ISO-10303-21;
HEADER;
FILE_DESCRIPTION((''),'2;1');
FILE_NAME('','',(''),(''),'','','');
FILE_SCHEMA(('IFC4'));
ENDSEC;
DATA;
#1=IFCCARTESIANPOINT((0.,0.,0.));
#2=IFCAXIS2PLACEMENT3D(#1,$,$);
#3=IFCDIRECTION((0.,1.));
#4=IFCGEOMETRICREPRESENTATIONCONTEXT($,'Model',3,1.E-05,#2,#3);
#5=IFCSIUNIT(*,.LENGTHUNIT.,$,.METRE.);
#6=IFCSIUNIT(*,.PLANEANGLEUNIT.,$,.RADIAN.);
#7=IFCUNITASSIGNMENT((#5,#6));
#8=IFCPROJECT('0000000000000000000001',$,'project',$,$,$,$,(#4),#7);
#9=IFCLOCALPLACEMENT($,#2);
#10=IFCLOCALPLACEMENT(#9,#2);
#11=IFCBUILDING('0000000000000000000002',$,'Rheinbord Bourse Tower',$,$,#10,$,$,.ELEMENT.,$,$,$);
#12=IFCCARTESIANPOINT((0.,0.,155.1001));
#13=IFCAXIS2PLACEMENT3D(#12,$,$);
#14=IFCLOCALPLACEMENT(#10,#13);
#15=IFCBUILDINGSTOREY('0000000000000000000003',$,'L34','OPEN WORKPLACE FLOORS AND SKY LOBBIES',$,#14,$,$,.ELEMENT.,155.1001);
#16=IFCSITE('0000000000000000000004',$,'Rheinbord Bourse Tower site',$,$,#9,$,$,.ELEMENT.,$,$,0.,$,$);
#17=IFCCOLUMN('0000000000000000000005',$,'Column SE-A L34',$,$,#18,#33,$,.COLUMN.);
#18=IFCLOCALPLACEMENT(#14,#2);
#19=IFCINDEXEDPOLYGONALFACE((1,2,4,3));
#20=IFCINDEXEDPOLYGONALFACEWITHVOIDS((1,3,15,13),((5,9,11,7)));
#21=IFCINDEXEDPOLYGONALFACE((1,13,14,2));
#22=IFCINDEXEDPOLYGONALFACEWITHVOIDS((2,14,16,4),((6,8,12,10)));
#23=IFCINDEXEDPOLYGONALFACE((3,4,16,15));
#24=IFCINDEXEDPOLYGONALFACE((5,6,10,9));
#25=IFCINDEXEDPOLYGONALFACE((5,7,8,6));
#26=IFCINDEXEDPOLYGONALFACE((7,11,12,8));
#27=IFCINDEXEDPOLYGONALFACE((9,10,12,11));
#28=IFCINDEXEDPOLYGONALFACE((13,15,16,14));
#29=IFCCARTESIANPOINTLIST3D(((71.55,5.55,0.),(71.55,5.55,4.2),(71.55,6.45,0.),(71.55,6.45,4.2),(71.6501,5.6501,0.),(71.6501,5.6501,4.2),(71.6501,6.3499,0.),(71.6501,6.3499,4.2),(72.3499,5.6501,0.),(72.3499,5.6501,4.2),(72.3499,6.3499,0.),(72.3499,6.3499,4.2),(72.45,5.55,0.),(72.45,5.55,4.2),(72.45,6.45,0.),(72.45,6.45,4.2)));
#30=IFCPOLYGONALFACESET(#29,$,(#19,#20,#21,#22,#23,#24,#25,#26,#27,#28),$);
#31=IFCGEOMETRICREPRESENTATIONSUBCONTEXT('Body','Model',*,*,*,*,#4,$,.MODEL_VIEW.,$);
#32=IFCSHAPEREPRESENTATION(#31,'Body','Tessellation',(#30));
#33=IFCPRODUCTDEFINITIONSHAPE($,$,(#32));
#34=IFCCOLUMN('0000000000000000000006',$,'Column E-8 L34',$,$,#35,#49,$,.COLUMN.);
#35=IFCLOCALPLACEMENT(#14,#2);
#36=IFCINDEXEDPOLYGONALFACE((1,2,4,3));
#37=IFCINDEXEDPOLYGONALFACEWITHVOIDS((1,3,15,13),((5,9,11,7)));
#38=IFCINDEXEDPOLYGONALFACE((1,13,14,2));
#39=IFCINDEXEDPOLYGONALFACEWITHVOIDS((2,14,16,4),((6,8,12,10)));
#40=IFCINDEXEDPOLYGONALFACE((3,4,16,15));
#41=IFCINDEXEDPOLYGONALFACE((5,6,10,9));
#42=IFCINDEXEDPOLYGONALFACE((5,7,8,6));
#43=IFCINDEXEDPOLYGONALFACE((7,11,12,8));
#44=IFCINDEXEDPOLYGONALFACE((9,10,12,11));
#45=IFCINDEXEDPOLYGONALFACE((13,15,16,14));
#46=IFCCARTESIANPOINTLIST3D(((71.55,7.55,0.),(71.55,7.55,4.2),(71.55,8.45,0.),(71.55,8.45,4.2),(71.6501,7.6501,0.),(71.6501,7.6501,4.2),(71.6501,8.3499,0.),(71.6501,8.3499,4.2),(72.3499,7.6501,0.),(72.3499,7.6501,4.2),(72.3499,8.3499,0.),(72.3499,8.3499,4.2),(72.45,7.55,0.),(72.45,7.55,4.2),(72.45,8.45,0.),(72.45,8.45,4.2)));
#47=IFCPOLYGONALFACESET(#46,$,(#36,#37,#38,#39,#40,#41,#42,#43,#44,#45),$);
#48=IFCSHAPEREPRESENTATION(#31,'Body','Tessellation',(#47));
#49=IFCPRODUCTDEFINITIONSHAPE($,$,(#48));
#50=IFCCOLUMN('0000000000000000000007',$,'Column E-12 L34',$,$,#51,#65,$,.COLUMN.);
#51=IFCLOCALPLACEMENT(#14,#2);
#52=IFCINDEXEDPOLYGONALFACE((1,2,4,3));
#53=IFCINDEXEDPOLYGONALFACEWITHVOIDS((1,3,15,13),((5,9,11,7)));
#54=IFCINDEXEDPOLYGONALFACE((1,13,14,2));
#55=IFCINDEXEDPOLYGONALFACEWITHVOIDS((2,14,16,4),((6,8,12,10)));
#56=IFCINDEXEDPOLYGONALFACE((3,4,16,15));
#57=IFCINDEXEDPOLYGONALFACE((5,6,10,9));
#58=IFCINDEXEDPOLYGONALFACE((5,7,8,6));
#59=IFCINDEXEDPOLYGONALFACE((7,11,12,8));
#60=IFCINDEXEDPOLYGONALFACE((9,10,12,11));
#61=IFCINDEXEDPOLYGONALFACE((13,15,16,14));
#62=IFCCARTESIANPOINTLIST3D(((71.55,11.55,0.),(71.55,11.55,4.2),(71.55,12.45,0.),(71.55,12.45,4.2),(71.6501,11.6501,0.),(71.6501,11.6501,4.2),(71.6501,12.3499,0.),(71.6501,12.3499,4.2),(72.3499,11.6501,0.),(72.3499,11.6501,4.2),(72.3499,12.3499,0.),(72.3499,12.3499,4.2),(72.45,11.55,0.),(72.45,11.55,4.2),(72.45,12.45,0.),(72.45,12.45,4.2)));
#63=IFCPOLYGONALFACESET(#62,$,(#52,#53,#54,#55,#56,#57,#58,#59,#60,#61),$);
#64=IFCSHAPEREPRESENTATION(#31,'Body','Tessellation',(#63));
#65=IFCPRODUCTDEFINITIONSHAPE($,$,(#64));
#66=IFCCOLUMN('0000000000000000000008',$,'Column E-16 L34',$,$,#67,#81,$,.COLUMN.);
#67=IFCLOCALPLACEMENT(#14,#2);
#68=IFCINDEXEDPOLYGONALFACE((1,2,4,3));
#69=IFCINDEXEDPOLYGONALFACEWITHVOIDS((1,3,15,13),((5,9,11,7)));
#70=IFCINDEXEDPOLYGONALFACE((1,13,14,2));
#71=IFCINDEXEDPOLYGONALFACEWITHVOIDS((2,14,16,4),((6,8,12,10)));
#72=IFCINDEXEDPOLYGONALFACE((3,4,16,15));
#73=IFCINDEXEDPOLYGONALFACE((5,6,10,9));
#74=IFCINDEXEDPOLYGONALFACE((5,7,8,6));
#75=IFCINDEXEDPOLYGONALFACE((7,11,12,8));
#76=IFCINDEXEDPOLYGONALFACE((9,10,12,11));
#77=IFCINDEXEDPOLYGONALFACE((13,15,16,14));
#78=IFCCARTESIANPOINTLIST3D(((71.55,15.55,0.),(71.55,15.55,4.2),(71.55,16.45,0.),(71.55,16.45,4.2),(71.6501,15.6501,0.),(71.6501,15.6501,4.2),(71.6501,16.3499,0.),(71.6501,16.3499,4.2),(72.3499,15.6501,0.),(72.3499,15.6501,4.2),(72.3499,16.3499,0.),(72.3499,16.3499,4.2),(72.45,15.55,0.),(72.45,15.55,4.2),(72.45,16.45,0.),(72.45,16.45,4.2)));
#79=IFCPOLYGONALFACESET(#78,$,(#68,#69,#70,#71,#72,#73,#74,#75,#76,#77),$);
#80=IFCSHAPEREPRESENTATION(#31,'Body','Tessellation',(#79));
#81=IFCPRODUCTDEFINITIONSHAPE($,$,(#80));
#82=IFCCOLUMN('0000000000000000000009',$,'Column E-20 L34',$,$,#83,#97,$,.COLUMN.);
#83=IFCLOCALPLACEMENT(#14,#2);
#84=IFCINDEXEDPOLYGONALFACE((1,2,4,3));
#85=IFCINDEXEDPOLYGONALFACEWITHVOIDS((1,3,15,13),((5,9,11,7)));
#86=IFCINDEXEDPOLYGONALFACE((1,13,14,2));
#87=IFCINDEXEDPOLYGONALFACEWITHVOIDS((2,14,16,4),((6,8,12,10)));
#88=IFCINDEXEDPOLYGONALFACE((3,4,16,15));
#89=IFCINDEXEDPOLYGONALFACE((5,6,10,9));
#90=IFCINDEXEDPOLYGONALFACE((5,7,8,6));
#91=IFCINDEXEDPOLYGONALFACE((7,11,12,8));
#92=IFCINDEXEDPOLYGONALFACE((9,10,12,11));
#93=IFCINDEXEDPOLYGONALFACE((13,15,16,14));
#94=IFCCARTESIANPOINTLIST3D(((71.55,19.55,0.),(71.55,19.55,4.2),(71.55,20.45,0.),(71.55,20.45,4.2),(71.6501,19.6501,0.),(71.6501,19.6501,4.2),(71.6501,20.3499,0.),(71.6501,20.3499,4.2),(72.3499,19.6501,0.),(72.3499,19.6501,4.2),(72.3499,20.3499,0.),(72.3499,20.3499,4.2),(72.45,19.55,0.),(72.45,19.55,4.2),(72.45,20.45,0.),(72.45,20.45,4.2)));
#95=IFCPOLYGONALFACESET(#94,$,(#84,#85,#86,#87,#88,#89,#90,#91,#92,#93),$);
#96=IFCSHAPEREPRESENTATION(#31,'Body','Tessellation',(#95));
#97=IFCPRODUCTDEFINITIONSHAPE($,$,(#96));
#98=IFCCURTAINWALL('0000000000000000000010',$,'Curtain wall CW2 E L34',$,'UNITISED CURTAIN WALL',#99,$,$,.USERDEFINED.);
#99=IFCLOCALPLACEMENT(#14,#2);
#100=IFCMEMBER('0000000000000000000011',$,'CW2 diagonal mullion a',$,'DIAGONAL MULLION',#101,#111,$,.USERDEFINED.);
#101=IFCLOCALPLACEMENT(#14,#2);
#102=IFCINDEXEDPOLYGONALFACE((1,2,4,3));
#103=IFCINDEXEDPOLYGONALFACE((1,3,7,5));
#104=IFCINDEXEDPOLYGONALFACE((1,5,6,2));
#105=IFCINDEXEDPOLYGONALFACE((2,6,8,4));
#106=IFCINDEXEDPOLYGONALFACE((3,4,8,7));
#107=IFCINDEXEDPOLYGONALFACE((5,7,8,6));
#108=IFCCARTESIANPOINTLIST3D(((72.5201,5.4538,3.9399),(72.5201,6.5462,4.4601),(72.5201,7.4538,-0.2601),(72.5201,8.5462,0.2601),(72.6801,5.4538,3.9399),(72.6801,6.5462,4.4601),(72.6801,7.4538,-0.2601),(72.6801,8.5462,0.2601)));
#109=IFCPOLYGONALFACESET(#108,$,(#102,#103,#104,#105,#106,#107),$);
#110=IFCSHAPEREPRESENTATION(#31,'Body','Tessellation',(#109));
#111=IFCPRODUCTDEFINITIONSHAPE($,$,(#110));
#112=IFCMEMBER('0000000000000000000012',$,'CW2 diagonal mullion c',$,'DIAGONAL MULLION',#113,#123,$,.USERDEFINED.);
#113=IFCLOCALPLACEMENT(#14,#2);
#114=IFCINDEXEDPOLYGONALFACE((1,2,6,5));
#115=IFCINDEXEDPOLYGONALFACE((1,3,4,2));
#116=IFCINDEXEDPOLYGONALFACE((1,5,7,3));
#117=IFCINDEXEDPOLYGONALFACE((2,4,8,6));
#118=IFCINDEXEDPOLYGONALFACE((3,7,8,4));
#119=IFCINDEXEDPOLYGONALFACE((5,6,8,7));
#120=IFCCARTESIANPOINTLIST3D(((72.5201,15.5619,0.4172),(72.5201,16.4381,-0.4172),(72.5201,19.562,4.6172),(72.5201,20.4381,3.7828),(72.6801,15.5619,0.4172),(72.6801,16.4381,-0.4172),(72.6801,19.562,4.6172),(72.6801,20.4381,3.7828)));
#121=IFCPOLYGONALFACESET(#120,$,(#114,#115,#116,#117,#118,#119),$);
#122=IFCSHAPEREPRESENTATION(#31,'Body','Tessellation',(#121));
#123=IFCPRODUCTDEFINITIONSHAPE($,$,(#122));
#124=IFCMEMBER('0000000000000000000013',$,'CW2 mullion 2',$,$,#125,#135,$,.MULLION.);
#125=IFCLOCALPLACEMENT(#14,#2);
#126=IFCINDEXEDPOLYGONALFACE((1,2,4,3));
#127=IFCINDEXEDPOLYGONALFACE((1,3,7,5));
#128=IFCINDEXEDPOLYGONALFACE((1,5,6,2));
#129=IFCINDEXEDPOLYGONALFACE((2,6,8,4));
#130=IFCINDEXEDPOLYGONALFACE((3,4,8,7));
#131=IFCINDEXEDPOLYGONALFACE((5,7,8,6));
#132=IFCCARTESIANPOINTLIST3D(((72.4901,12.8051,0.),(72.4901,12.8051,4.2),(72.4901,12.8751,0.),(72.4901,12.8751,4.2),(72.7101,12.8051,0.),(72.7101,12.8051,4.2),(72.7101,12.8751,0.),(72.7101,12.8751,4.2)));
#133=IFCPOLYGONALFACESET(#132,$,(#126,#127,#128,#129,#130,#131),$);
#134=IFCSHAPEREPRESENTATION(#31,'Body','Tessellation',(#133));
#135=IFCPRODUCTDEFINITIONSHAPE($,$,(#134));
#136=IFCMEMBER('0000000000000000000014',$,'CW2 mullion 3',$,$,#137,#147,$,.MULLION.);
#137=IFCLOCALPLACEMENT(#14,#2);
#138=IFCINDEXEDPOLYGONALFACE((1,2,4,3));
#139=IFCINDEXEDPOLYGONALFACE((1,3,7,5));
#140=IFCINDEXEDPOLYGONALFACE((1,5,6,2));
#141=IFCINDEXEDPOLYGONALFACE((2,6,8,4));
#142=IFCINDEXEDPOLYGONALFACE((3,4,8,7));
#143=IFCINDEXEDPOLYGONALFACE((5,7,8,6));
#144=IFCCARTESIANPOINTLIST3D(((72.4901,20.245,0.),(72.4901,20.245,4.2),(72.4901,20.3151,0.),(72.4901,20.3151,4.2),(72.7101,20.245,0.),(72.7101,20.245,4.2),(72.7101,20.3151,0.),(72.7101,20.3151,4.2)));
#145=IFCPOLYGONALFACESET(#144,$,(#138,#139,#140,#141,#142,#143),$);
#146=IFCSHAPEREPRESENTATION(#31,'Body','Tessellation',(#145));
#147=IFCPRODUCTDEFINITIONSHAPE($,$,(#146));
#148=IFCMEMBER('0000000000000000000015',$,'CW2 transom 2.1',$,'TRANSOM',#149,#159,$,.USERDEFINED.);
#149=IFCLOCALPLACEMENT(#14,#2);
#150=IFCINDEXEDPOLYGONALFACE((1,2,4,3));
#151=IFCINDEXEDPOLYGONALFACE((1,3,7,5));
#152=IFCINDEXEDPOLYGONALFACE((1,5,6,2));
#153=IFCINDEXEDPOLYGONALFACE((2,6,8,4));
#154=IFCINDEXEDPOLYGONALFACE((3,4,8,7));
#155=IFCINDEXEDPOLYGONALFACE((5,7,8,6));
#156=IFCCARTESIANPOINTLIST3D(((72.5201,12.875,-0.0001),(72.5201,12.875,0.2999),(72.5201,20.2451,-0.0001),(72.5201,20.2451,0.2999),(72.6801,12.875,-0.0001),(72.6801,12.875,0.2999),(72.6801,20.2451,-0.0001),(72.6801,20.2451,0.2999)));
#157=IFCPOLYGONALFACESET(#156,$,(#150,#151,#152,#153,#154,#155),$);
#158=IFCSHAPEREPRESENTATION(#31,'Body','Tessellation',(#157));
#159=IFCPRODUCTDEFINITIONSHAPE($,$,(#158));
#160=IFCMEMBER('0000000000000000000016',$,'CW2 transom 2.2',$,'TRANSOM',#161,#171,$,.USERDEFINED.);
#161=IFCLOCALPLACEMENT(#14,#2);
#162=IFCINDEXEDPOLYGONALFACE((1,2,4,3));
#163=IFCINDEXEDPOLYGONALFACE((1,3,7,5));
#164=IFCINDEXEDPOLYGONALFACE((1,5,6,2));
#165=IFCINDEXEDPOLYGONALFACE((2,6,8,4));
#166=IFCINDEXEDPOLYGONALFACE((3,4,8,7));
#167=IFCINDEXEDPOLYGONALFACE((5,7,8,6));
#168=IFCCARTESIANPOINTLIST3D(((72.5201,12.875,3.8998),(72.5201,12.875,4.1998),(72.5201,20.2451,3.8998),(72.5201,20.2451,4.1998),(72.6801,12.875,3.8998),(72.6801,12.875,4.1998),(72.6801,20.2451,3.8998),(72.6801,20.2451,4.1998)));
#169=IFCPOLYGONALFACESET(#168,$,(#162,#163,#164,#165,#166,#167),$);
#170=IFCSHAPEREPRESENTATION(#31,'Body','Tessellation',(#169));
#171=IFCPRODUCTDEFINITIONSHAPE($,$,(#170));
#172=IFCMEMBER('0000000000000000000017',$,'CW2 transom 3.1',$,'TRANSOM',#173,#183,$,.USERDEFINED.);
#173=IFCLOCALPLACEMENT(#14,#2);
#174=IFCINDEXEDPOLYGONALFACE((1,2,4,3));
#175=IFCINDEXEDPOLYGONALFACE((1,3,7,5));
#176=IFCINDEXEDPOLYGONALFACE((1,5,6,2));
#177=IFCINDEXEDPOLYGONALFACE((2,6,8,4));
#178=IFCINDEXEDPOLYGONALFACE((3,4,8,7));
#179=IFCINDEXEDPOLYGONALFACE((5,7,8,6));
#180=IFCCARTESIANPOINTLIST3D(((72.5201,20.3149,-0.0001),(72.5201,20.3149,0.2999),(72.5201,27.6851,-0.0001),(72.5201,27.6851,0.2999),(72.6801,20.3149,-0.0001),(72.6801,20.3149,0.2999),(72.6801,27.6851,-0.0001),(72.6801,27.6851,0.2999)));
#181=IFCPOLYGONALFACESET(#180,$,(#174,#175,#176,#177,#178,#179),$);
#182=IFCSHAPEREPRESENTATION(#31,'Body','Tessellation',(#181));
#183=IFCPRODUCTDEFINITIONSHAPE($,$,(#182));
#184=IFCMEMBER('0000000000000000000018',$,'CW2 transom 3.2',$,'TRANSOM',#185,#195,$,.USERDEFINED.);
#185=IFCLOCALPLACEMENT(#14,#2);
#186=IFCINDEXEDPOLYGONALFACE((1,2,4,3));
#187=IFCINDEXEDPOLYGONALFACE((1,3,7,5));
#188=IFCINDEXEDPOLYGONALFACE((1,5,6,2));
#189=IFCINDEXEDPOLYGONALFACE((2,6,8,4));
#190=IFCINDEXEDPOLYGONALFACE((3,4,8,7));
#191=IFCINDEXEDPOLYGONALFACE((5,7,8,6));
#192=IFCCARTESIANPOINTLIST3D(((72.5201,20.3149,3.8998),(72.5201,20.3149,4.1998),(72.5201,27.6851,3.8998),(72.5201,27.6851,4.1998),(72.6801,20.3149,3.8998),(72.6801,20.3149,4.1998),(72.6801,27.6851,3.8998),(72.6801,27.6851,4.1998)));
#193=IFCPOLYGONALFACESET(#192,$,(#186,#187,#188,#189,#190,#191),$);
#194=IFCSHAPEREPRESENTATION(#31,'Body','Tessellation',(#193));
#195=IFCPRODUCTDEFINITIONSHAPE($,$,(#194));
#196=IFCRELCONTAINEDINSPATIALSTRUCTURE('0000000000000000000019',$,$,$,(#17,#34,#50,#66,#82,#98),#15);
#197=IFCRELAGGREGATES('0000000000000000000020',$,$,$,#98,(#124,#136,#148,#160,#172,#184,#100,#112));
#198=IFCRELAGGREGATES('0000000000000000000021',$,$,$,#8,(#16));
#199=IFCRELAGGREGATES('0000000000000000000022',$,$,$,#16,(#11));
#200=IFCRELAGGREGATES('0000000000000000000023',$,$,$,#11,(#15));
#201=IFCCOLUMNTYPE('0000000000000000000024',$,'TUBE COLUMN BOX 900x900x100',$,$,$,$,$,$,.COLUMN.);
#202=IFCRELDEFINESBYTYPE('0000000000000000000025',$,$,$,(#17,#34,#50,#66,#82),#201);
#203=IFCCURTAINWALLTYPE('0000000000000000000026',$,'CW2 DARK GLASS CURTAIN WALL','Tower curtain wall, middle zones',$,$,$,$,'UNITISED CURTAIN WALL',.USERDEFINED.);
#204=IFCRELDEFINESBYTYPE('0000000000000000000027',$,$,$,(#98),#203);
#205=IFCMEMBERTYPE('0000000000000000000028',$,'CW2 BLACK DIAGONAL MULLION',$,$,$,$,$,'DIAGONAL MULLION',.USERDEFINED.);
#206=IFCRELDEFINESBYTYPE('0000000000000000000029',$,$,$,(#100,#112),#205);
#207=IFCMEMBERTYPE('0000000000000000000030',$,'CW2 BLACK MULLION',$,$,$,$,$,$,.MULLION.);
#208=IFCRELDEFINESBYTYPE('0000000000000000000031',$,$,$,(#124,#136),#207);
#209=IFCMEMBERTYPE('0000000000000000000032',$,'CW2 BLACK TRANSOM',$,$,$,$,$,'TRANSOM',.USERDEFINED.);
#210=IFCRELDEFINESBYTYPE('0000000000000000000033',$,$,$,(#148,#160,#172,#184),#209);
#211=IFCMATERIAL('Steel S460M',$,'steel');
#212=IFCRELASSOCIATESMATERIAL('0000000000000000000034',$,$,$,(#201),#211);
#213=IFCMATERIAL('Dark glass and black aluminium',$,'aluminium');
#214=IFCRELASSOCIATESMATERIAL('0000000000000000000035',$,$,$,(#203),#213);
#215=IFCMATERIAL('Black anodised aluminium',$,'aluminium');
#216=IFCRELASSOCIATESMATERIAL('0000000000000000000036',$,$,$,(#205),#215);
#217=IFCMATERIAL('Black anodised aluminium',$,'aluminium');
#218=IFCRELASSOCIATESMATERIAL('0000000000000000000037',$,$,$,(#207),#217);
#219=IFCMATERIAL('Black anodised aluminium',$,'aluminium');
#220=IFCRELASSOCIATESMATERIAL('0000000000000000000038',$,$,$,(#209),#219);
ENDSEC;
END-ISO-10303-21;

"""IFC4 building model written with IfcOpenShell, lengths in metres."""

from ifc_helpers import new_model, si_unit, direction, frame, origin, origin_2d, place, context, subcontext, project, spatial, rectangle, hollow_rectangle, extrude, material, material_profile, profile_set, type_object, element, aggregate, save


model = new_model("IFC4")

# Units and contexts
model_context = context("Model", 3, precision=1e-05, world=origin(), true_north=direction((0.0, 1.0)))
body_context = subcontext(model_context, "Body", "Model", "MODEL_VIEW")
ifc_project = project(units=[si_unit("LENGTHUNIT", "METRE"), si_unit("PLANEANGLEUNIT", "RADIAN")], contexts=[model_context])

# Site, building, storey
site_placement = place(None, origin())
site = spatial("IfcSite", under=ifc_project, at=site_placement, Name="Rheinbord Bourse Tower site", CompositionType="ELEMENT", RefElevation=0.0)
building_placement = place(site_placement, origin())
building = spatial("IfcBuilding", under=site, at=building_placement, Name="Rheinbord Bourse Tower", CompositionType="ELEMENT")
storey_placement = place(building_placement, frame((0.0, 0.0, 155.1001)))
storey = spatial("IfcBuildingStorey", under=building, at=storey_placement, Name="L34", Description="OPEN WORKPLACE FLOORS AND SKY LOBBIES", CompositionType="ELEMENT", Elevation=155.1001)

# Columns
ifc_material_1 = material(Name="Steel S460M", Category="steel")
ifc_material_profile_1 = material_profile(ifc_material_1, hollow_rectangle(XDim=0.8999, YDim=0.8999, WallThickness=0.1001, at=origin_2d()), Name="BOX 900x900x100")
ifc_profile_set_1 = profile_set([ifc_material_profile_1], Name="Steel S460M")
column_type = type_object("IfcColumnType", Name="TUBE COLUMN BOX 900x900x100", PredefinedType="COLUMN", material=ifc_profile_set_1)
for number, where, z_axis, x_axis, name in (
    (1, (72.0, 6.0, 0.0), (0.0, 0.0, 1.0), (1.0, 0.0, 0.0), "Column SE-A L34"),
    (2, (72.0, 8.0, 0.0), (0.0, 0.0, 1.0), (1.0, 0.0, 0.0), "Column E-8 L34"),
    (3, (72.0, 12.0, 0.0), (0.0, 0.0, 1.0), (1.0, 0.0, 0.0), "Column E-12 L34"),
    (4, (72.0, 16.0, 0.0), (0.0, 0.0, 1.0), (1.0, 0.0, 0.0), "Column E-16 L34"),
    (5, (72.0, 20.0, 0.0), (0.0, 0.0, 1.0), (1.0, 0.0, 0.0), "Column E-20 L34"),
):
    element("IfcColumn", number, at=place(storey_placement, frame(where, z_axis=z_axis, x_axis=x_axis)), inside=storey, type_object=column_type, Name=name, PredefinedType="COLUMN", context=body_context, shape_type="SweptSolid", body=[
        extrude(hollow_rectangle(XDim=0.8999, YDim=0.8999, WallThickness=0.1001, at=origin_2d()), origin(), (0.0, 0.0, 1.0), 4.2),
    ])

# Curtain wall, members
ifc_material_2 = material(Name="Dark glass and black aluminium", Category="aluminium")
curtain_wall_type = type_object("IfcCurtainWallType", Name="CW2 DARK GLASS CURTAIN WALL", Description="Tower curtain wall, middle zones", ElementType="UNITISED CURTAIN WALL", PredefinedType="USERDEFINED", material=ifc_material_2)
curtain_wall_placement = place(storey_placement, origin())
curtain_wall = element("IfcCurtainWall", 6, at=curtain_wall_placement, inside=storey, type_object=curtain_wall_type, Name="Curtain wall CW2 E L34", ObjectType="UNITISED CURTAIN WALL", PredefinedType="USERDEFINED")
ifc_material_3 = material(Name="Black anodised aluminium", Category="aluminium")
ifc_material_profile_2 = material_profile(ifc_material_3, rectangle(XDim=0.1599, YDim=1.21, at=origin_2d()), Name="CW2 DIAGONAL MULLION 1210x160")
ifc_profile_set_2 = profile_set([ifc_material_profile_2], Name="Black anodised aluminium")
member_type_1 = type_object("IfcMemberType", Name="CW2 BLACK DIAGONAL MULLION", ElementType="DIAGONAL MULLION", PredefinedType="USERDEFINED", material=ifc_profile_set_2)
member_1_placement = place(storey_placement, frame((72.6001, 8.0, 0.0), z_axis=(0.0, -0.429938, 0.902859), x_axis=(1.0, 0.0, 0.0)))
member_1 = element("IfcMember", 7, at=member_1_placement, type_object=member_type_1, Name="CW2 diagonal mullion a", ObjectType="DIAGONAL MULLION", PredefinedType="USERDEFINED", context=body_context, shape_type="SweptSolid", body=[
    extrude(rectangle(XDim=0.1599, YDim=1.21, at=origin_2d()), origin(), (0.0, 0.0, 1.0), 4.6519),
])
member_2_placement = place(storey_placement, frame((72.6001, 16.0, 0.0), z_axis=(0.0, 0.689659, 0.724134), x_axis=(-1.0, 0.0, 0.0)))
member_2 = element("IfcMember", 8, at=member_2_placement, type_object=member_type_1, Name="CW2 diagonal mullion c", ObjectType="DIAGONAL MULLION", PredefinedType="USERDEFINED", context=body_context, shape_type="SweptSolid", body=[
    extrude(rectangle(XDim=0.1599, YDim=1.21, at=origin_2d()), origin(), (0.0, 0.0, 1.0), 5.8),
])
ifc_material_4 = material(Name="Black anodised aluminium", Category="aluminium")
ifc_material_profile_3 = material_profile(ifc_material_4, rectangle(XDim=0.22, YDim=0.0701, at=origin_2d()), Name="CW2 MULLION 70x220")
ifc_profile_set_3 = profile_set([ifc_material_profile_3], Name="Black anodised aluminium")
member_type_2 = type_object("IfcMemberType", Name="CW2 BLACK MULLION", PredefinedType="MULLION", material=ifc_profile_set_3)
member_3_placement = place(storey_placement, frame((72.6001, 12.8401, 0.0), z_axis=(0.0, 0.0, 1.0), x_axis=(-1.0, 0.0, 0.0)))
member_3 = element("IfcMember", 9, at=member_3_placement, type_object=member_type_2, Name="CW2 mullion 2", PredefinedType="MULLION", context=body_context, shape_type="SweptSolid", body=[
    extrude(rectangle(XDim=0.22, YDim=0.0701, at=origin_2d()), origin(), (0.0, 0.0, 1.0), 4.2),
])
member_4_placement = place(storey_placement, frame((72.6001, 20.28, 0.0), z_axis=(0.0, 0.0, 1.0), x_axis=(-1.0, 0.0, 0.0)))
member_4 = element("IfcMember", 10, at=member_4_placement, type_object=member_type_2, Name="CW2 mullion 3", PredefinedType="MULLION", context=body_context, shape_type="SweptSolid", body=[
    extrude(rectangle(XDim=0.22, YDim=0.0701, at=origin_2d()), origin(), (0.0, 0.0, 1.0), 4.2),
])
ifc_material_5 = material(Name="Black anodised aluminium", Category="aluminium")
ifc_material_profile_4 = material_profile(ifc_material_5, rectangle(XDim=0.1599, YDim=0.3, at=origin_2d()), Name="CW2 TRANSOM 300x160")
ifc_profile_set_4 = profile_set([ifc_material_profile_4], Name="Black anodised aluminium")
member_type_3 = type_object("IfcMemberType", Name="CW2 BLACK TRANSOM", ElementType="TRANSOM", PredefinedType="USERDEFINED", material=ifc_profile_set_4)
member_5_placement = place(storey_placement, frame((72.6001, 12.875, 0.1499), z_axis=(0.0, 1.0, 0.0), x_axis=(-1.0, 0.0, 0.0)))
member_5 = element("IfcMember", 11, at=member_5_placement, type_object=member_type_3, Name="CW2 transom 2.1", ObjectType="TRANSOM", PredefinedType="USERDEFINED", context=body_context, shape_type="SweptSolid", body=[
    extrude(rectangle(XDim=0.1599, YDim=0.3, at=origin_2d()), origin(), (0.0, 0.0, 1.0), 7.3701),
])
member_6_placement = place(storey_placement, frame((72.6001, 12.875, 4.0498), z_axis=(0.0, 1.0, 0.0), x_axis=(-1.0, 0.0, 0.0)))
member_6 = element("IfcMember", 12, at=member_6_placement, type_object=member_type_3, Name="CW2 transom 2.2", ObjectType="TRANSOM", PredefinedType="USERDEFINED", context=body_context, shape_type="SweptSolid", body=[
    extrude(rectangle(XDim=0.1599, YDim=0.3, at=origin_2d()), origin(), (0.0, 0.0, 1.0), 7.3701),
])
member_7_placement = place(storey_placement, frame((72.6001, 20.3149, 0.1499), z_axis=(0.0, 1.0, 0.0), x_axis=(-1.0, 0.0, 0.0)))
member_7 = element("IfcMember", 13, at=member_7_placement, type_object=member_type_3, Name="CW2 transom 3.1", ObjectType="TRANSOM", PredefinedType="USERDEFINED", context=body_context, shape_type="SweptSolid", body=[
    extrude(rectangle(XDim=0.1599, YDim=0.3, at=origin_2d()), origin(), (0.0, 0.0, 1.0), 7.3701),
])
member_8_placement = place(storey_placement, frame((72.6001, 20.3149, 4.0498), z_axis=(0.0, 1.0, 0.0), x_axis=(-1.0, 0.0, 0.0)))
member_8 = element("IfcMember", 14, at=member_8_placement, type_object=member_type_3, Name="CW2 transom 3.2", ObjectType="TRANSOM", PredefinedType="USERDEFINED", context=body_context, shape_type="SweptSolid", body=[
    extrude(rectangle(XDim=0.1599, YDim=0.3, at=origin_2d()), origin(), (0.0, 0.0, 1.0), 7.3701),
])

aggregate(curtain_wall, [member_3, member_4, member_5, member_6, member_7, member_8, member_1, member_2])

save(model, "model.ifc")
